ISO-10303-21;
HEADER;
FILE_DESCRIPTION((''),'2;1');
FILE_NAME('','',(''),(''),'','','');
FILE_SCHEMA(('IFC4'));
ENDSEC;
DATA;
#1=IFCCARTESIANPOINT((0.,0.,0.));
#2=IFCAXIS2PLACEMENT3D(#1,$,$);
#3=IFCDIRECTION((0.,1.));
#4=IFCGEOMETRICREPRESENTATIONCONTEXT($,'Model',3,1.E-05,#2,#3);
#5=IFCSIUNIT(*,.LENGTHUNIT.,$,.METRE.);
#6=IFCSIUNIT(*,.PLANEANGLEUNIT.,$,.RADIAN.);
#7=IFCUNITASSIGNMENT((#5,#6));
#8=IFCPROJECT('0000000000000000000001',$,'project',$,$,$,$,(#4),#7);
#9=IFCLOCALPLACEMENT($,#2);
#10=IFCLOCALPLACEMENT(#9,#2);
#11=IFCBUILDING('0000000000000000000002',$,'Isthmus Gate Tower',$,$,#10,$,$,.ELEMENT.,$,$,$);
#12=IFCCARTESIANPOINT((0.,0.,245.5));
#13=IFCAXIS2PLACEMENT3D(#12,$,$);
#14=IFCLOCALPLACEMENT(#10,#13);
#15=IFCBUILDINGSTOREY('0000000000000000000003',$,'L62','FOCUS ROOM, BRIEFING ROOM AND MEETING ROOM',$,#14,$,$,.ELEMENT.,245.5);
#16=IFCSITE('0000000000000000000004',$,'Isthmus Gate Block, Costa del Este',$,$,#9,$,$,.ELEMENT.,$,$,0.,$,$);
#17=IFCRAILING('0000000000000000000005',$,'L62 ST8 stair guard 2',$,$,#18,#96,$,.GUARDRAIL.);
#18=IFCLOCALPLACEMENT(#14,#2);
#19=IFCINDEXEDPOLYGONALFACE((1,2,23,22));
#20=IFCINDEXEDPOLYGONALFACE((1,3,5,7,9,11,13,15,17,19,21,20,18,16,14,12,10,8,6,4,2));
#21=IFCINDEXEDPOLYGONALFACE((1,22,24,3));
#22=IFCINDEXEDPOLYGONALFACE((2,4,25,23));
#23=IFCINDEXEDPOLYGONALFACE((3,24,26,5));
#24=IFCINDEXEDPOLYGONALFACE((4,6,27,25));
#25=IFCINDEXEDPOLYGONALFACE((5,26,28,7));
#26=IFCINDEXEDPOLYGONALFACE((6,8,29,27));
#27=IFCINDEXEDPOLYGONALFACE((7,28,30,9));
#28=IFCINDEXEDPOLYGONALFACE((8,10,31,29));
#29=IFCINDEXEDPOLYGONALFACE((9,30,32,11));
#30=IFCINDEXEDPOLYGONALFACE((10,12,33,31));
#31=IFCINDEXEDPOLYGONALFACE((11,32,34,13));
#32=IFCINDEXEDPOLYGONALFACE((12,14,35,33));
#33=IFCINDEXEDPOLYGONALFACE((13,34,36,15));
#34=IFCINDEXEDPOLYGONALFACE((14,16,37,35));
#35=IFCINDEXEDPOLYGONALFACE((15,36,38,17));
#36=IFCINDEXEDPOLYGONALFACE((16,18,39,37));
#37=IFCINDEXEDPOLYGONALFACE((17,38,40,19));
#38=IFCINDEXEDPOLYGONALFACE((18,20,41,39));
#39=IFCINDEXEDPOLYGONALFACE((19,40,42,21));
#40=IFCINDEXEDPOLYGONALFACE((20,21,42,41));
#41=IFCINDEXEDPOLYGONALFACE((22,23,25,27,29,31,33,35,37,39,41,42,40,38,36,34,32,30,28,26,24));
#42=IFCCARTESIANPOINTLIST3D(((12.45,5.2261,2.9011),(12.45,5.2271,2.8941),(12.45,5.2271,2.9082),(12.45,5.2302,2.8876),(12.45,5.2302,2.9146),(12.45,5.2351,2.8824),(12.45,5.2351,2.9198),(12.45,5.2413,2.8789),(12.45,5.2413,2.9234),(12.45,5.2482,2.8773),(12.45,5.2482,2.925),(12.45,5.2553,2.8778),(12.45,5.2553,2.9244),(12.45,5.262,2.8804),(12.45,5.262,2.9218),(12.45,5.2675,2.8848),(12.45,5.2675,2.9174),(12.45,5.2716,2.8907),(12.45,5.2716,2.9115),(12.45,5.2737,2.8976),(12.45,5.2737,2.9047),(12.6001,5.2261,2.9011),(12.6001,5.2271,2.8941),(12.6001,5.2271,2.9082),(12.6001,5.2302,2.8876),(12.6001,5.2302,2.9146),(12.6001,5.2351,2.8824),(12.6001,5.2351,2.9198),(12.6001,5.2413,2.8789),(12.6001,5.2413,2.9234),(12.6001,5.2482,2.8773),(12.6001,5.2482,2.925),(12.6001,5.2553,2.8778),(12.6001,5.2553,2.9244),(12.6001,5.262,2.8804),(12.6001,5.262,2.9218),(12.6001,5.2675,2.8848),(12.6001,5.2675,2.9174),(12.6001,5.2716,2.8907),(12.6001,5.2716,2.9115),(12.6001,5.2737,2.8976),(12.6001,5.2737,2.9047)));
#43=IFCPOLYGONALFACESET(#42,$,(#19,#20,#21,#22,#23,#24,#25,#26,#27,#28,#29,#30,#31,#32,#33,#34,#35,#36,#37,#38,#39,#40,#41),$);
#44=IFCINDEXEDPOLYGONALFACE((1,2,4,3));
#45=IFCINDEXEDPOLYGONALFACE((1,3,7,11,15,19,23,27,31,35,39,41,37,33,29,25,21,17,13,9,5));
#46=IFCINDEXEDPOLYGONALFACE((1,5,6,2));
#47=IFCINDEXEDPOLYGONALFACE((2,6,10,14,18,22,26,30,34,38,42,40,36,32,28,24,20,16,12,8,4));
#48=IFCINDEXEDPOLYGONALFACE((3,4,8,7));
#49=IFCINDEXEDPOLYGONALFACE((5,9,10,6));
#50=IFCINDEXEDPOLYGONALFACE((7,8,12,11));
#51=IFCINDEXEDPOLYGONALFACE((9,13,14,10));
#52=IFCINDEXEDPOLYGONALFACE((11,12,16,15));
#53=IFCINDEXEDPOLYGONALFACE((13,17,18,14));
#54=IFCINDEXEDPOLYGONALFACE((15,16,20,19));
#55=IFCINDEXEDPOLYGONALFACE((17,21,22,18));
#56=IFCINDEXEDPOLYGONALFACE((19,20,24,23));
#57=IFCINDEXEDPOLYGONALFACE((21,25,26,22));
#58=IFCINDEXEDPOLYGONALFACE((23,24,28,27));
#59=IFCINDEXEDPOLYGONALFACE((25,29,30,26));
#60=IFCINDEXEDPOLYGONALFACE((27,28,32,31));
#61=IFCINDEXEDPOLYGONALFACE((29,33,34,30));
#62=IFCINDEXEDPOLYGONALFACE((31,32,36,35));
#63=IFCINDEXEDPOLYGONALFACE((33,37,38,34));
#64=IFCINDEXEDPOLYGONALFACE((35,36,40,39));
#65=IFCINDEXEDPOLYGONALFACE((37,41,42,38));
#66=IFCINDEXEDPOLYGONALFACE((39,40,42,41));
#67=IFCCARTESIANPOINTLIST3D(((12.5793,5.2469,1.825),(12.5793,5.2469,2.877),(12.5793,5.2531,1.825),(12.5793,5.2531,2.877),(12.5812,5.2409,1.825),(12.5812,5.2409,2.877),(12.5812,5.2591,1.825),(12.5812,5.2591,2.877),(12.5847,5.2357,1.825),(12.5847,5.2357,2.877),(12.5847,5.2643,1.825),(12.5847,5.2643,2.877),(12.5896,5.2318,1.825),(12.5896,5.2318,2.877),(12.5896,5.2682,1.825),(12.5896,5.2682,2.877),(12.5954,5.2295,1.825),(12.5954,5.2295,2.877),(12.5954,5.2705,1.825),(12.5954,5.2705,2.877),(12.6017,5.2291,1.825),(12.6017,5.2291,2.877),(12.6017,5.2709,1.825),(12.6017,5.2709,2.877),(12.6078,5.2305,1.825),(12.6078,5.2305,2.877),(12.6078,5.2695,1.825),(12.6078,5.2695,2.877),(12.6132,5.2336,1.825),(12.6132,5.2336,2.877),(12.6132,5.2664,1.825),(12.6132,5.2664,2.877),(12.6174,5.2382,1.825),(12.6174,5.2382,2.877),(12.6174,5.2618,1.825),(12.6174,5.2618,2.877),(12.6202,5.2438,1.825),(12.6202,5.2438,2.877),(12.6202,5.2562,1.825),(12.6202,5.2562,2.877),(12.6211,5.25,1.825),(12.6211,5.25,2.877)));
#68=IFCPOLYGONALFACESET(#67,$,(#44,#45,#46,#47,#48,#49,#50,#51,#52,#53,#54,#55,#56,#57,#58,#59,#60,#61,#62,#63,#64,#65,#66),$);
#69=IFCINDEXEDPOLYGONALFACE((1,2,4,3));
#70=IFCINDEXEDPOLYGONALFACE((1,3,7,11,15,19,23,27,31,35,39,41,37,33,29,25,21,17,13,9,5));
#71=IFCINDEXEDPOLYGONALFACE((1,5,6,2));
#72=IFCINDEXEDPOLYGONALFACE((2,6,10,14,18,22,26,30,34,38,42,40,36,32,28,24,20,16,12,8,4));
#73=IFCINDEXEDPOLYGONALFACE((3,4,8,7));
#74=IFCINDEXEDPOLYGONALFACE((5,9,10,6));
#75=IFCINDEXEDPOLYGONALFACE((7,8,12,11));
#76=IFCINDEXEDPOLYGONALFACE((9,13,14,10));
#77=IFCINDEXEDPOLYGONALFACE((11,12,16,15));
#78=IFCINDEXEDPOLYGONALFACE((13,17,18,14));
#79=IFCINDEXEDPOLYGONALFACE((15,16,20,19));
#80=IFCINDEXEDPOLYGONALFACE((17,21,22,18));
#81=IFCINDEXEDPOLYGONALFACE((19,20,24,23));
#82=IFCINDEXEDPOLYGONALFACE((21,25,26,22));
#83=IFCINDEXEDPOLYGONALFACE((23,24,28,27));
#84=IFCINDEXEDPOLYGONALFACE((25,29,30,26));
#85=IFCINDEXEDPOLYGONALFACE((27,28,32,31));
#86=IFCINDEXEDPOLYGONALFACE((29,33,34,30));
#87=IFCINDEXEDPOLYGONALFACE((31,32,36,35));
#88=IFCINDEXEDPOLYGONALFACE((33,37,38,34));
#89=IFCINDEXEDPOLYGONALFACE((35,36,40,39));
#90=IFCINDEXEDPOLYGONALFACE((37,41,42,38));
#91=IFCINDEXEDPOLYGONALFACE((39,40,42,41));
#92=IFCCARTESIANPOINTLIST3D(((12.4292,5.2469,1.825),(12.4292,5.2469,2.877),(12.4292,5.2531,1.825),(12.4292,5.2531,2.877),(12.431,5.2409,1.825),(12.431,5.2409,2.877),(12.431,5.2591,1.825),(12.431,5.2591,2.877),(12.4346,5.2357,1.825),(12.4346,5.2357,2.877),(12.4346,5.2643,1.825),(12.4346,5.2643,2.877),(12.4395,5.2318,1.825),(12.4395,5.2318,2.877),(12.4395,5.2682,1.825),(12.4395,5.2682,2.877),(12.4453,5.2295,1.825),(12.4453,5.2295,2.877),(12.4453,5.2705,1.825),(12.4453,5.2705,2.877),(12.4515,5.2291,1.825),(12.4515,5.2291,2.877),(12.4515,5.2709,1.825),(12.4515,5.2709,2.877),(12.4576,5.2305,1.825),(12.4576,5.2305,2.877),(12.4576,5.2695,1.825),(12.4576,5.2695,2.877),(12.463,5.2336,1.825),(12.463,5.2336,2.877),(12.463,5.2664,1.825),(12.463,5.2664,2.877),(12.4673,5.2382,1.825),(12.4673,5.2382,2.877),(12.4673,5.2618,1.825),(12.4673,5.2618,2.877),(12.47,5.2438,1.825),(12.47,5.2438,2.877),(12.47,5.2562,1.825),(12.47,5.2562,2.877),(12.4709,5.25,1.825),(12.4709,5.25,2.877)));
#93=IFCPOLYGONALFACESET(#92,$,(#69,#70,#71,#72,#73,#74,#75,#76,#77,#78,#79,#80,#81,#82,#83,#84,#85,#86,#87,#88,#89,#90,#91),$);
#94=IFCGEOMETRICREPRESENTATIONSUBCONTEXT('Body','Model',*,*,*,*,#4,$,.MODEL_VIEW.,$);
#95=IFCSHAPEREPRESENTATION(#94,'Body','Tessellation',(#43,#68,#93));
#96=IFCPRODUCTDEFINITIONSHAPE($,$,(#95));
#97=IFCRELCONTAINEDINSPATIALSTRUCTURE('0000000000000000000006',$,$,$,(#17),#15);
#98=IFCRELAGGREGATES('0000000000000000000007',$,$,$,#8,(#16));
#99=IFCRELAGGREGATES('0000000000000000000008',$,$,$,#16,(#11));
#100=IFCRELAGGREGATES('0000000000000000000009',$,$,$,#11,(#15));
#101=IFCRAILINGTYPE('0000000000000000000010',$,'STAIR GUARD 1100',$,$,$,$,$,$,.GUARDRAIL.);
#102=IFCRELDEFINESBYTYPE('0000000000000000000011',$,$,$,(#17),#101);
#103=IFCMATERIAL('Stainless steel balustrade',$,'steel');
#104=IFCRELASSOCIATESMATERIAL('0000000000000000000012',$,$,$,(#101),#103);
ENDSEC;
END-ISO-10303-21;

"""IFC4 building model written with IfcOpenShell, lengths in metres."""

from ifc_helpers import new_model, si_unit, direction, frame, origin, origin_2d, place, context, subcontext, project, spatial, circle, extrude, material, type_object, element, save


model = new_model("IFC4")

# Units and contexts
model_context = context("Model", 3, precision=1e-05, world=origin(), true_north=direction((0.0, 1.0)))
body_context = subcontext(model_context, "Body", "Model", "MODEL_VIEW")
ifc_project = project(units=[si_unit("LENGTHUNIT", "METRE"), si_unit("PLANEANGLEUNIT", "RADIAN")], contexts=[model_context])

# Site, building, storey
site_placement = place(None, origin())
site = spatial("IfcSite", under=ifc_project, at=site_placement, Name="Isthmus Gate Block, Costa del Este", CompositionType="ELEMENT", RefElevation=0.0)
building_placement = place(site_placement, origin())
building = spatial("IfcBuilding", under=site, at=building_placement, Name="Isthmus Gate Tower", CompositionType="ELEMENT")
storey_placement = place(building_placement, frame((0.0, 0.0, 245.5)))
storey = spatial("IfcBuildingStorey", under=building, at=storey_placement, Name="L62", Description="FOCUS ROOM, BRIEFING ROOM AND MEETING ROOM", CompositionType="ELEMENT", Elevation=245.5)

# Railing
ifc_material_1 = material(Name="Stainless steel balustrade", Category="steel")
railing_type_1 = type_object("IfcRailingType", Name="STAIR GUARD 1100", PredefinedType="GUARDRAIL", material=ifc_material_1)
railing_1_placement = place(storey_placement, frame((12.6001, 5.25, 1.825)))
element("IfcRailing", 1, at=railing_1_placement, inside=storey, type_object=railing_type_1, Name="L62 ST8 stair guard 2", PredefinedType="GUARDRAIL", context=body_context, shape_type="SweptSolid", body=[
    extrude(circle(Radius=0.0239, at=origin_2d()), frame((0.0, 0.0, 1.0762), z_axis=(-1.0, 0.0, 0.0), x_axis=(0.0, -1.0, 0.0)), (0.0, 0.0, 1.0), 0.1501),
    extrude(circle(Radius=0.021, at=origin_2d()), origin(), (0.0, 0.0, 1.0), 1.052),
    extrude(circle(Radius=0.021, at=origin_2d()), frame((-0.1501, 0.0, 0.0)), (0.0, 0.0, 1.0), 1.052),
])

save(model, "model.ifc")
